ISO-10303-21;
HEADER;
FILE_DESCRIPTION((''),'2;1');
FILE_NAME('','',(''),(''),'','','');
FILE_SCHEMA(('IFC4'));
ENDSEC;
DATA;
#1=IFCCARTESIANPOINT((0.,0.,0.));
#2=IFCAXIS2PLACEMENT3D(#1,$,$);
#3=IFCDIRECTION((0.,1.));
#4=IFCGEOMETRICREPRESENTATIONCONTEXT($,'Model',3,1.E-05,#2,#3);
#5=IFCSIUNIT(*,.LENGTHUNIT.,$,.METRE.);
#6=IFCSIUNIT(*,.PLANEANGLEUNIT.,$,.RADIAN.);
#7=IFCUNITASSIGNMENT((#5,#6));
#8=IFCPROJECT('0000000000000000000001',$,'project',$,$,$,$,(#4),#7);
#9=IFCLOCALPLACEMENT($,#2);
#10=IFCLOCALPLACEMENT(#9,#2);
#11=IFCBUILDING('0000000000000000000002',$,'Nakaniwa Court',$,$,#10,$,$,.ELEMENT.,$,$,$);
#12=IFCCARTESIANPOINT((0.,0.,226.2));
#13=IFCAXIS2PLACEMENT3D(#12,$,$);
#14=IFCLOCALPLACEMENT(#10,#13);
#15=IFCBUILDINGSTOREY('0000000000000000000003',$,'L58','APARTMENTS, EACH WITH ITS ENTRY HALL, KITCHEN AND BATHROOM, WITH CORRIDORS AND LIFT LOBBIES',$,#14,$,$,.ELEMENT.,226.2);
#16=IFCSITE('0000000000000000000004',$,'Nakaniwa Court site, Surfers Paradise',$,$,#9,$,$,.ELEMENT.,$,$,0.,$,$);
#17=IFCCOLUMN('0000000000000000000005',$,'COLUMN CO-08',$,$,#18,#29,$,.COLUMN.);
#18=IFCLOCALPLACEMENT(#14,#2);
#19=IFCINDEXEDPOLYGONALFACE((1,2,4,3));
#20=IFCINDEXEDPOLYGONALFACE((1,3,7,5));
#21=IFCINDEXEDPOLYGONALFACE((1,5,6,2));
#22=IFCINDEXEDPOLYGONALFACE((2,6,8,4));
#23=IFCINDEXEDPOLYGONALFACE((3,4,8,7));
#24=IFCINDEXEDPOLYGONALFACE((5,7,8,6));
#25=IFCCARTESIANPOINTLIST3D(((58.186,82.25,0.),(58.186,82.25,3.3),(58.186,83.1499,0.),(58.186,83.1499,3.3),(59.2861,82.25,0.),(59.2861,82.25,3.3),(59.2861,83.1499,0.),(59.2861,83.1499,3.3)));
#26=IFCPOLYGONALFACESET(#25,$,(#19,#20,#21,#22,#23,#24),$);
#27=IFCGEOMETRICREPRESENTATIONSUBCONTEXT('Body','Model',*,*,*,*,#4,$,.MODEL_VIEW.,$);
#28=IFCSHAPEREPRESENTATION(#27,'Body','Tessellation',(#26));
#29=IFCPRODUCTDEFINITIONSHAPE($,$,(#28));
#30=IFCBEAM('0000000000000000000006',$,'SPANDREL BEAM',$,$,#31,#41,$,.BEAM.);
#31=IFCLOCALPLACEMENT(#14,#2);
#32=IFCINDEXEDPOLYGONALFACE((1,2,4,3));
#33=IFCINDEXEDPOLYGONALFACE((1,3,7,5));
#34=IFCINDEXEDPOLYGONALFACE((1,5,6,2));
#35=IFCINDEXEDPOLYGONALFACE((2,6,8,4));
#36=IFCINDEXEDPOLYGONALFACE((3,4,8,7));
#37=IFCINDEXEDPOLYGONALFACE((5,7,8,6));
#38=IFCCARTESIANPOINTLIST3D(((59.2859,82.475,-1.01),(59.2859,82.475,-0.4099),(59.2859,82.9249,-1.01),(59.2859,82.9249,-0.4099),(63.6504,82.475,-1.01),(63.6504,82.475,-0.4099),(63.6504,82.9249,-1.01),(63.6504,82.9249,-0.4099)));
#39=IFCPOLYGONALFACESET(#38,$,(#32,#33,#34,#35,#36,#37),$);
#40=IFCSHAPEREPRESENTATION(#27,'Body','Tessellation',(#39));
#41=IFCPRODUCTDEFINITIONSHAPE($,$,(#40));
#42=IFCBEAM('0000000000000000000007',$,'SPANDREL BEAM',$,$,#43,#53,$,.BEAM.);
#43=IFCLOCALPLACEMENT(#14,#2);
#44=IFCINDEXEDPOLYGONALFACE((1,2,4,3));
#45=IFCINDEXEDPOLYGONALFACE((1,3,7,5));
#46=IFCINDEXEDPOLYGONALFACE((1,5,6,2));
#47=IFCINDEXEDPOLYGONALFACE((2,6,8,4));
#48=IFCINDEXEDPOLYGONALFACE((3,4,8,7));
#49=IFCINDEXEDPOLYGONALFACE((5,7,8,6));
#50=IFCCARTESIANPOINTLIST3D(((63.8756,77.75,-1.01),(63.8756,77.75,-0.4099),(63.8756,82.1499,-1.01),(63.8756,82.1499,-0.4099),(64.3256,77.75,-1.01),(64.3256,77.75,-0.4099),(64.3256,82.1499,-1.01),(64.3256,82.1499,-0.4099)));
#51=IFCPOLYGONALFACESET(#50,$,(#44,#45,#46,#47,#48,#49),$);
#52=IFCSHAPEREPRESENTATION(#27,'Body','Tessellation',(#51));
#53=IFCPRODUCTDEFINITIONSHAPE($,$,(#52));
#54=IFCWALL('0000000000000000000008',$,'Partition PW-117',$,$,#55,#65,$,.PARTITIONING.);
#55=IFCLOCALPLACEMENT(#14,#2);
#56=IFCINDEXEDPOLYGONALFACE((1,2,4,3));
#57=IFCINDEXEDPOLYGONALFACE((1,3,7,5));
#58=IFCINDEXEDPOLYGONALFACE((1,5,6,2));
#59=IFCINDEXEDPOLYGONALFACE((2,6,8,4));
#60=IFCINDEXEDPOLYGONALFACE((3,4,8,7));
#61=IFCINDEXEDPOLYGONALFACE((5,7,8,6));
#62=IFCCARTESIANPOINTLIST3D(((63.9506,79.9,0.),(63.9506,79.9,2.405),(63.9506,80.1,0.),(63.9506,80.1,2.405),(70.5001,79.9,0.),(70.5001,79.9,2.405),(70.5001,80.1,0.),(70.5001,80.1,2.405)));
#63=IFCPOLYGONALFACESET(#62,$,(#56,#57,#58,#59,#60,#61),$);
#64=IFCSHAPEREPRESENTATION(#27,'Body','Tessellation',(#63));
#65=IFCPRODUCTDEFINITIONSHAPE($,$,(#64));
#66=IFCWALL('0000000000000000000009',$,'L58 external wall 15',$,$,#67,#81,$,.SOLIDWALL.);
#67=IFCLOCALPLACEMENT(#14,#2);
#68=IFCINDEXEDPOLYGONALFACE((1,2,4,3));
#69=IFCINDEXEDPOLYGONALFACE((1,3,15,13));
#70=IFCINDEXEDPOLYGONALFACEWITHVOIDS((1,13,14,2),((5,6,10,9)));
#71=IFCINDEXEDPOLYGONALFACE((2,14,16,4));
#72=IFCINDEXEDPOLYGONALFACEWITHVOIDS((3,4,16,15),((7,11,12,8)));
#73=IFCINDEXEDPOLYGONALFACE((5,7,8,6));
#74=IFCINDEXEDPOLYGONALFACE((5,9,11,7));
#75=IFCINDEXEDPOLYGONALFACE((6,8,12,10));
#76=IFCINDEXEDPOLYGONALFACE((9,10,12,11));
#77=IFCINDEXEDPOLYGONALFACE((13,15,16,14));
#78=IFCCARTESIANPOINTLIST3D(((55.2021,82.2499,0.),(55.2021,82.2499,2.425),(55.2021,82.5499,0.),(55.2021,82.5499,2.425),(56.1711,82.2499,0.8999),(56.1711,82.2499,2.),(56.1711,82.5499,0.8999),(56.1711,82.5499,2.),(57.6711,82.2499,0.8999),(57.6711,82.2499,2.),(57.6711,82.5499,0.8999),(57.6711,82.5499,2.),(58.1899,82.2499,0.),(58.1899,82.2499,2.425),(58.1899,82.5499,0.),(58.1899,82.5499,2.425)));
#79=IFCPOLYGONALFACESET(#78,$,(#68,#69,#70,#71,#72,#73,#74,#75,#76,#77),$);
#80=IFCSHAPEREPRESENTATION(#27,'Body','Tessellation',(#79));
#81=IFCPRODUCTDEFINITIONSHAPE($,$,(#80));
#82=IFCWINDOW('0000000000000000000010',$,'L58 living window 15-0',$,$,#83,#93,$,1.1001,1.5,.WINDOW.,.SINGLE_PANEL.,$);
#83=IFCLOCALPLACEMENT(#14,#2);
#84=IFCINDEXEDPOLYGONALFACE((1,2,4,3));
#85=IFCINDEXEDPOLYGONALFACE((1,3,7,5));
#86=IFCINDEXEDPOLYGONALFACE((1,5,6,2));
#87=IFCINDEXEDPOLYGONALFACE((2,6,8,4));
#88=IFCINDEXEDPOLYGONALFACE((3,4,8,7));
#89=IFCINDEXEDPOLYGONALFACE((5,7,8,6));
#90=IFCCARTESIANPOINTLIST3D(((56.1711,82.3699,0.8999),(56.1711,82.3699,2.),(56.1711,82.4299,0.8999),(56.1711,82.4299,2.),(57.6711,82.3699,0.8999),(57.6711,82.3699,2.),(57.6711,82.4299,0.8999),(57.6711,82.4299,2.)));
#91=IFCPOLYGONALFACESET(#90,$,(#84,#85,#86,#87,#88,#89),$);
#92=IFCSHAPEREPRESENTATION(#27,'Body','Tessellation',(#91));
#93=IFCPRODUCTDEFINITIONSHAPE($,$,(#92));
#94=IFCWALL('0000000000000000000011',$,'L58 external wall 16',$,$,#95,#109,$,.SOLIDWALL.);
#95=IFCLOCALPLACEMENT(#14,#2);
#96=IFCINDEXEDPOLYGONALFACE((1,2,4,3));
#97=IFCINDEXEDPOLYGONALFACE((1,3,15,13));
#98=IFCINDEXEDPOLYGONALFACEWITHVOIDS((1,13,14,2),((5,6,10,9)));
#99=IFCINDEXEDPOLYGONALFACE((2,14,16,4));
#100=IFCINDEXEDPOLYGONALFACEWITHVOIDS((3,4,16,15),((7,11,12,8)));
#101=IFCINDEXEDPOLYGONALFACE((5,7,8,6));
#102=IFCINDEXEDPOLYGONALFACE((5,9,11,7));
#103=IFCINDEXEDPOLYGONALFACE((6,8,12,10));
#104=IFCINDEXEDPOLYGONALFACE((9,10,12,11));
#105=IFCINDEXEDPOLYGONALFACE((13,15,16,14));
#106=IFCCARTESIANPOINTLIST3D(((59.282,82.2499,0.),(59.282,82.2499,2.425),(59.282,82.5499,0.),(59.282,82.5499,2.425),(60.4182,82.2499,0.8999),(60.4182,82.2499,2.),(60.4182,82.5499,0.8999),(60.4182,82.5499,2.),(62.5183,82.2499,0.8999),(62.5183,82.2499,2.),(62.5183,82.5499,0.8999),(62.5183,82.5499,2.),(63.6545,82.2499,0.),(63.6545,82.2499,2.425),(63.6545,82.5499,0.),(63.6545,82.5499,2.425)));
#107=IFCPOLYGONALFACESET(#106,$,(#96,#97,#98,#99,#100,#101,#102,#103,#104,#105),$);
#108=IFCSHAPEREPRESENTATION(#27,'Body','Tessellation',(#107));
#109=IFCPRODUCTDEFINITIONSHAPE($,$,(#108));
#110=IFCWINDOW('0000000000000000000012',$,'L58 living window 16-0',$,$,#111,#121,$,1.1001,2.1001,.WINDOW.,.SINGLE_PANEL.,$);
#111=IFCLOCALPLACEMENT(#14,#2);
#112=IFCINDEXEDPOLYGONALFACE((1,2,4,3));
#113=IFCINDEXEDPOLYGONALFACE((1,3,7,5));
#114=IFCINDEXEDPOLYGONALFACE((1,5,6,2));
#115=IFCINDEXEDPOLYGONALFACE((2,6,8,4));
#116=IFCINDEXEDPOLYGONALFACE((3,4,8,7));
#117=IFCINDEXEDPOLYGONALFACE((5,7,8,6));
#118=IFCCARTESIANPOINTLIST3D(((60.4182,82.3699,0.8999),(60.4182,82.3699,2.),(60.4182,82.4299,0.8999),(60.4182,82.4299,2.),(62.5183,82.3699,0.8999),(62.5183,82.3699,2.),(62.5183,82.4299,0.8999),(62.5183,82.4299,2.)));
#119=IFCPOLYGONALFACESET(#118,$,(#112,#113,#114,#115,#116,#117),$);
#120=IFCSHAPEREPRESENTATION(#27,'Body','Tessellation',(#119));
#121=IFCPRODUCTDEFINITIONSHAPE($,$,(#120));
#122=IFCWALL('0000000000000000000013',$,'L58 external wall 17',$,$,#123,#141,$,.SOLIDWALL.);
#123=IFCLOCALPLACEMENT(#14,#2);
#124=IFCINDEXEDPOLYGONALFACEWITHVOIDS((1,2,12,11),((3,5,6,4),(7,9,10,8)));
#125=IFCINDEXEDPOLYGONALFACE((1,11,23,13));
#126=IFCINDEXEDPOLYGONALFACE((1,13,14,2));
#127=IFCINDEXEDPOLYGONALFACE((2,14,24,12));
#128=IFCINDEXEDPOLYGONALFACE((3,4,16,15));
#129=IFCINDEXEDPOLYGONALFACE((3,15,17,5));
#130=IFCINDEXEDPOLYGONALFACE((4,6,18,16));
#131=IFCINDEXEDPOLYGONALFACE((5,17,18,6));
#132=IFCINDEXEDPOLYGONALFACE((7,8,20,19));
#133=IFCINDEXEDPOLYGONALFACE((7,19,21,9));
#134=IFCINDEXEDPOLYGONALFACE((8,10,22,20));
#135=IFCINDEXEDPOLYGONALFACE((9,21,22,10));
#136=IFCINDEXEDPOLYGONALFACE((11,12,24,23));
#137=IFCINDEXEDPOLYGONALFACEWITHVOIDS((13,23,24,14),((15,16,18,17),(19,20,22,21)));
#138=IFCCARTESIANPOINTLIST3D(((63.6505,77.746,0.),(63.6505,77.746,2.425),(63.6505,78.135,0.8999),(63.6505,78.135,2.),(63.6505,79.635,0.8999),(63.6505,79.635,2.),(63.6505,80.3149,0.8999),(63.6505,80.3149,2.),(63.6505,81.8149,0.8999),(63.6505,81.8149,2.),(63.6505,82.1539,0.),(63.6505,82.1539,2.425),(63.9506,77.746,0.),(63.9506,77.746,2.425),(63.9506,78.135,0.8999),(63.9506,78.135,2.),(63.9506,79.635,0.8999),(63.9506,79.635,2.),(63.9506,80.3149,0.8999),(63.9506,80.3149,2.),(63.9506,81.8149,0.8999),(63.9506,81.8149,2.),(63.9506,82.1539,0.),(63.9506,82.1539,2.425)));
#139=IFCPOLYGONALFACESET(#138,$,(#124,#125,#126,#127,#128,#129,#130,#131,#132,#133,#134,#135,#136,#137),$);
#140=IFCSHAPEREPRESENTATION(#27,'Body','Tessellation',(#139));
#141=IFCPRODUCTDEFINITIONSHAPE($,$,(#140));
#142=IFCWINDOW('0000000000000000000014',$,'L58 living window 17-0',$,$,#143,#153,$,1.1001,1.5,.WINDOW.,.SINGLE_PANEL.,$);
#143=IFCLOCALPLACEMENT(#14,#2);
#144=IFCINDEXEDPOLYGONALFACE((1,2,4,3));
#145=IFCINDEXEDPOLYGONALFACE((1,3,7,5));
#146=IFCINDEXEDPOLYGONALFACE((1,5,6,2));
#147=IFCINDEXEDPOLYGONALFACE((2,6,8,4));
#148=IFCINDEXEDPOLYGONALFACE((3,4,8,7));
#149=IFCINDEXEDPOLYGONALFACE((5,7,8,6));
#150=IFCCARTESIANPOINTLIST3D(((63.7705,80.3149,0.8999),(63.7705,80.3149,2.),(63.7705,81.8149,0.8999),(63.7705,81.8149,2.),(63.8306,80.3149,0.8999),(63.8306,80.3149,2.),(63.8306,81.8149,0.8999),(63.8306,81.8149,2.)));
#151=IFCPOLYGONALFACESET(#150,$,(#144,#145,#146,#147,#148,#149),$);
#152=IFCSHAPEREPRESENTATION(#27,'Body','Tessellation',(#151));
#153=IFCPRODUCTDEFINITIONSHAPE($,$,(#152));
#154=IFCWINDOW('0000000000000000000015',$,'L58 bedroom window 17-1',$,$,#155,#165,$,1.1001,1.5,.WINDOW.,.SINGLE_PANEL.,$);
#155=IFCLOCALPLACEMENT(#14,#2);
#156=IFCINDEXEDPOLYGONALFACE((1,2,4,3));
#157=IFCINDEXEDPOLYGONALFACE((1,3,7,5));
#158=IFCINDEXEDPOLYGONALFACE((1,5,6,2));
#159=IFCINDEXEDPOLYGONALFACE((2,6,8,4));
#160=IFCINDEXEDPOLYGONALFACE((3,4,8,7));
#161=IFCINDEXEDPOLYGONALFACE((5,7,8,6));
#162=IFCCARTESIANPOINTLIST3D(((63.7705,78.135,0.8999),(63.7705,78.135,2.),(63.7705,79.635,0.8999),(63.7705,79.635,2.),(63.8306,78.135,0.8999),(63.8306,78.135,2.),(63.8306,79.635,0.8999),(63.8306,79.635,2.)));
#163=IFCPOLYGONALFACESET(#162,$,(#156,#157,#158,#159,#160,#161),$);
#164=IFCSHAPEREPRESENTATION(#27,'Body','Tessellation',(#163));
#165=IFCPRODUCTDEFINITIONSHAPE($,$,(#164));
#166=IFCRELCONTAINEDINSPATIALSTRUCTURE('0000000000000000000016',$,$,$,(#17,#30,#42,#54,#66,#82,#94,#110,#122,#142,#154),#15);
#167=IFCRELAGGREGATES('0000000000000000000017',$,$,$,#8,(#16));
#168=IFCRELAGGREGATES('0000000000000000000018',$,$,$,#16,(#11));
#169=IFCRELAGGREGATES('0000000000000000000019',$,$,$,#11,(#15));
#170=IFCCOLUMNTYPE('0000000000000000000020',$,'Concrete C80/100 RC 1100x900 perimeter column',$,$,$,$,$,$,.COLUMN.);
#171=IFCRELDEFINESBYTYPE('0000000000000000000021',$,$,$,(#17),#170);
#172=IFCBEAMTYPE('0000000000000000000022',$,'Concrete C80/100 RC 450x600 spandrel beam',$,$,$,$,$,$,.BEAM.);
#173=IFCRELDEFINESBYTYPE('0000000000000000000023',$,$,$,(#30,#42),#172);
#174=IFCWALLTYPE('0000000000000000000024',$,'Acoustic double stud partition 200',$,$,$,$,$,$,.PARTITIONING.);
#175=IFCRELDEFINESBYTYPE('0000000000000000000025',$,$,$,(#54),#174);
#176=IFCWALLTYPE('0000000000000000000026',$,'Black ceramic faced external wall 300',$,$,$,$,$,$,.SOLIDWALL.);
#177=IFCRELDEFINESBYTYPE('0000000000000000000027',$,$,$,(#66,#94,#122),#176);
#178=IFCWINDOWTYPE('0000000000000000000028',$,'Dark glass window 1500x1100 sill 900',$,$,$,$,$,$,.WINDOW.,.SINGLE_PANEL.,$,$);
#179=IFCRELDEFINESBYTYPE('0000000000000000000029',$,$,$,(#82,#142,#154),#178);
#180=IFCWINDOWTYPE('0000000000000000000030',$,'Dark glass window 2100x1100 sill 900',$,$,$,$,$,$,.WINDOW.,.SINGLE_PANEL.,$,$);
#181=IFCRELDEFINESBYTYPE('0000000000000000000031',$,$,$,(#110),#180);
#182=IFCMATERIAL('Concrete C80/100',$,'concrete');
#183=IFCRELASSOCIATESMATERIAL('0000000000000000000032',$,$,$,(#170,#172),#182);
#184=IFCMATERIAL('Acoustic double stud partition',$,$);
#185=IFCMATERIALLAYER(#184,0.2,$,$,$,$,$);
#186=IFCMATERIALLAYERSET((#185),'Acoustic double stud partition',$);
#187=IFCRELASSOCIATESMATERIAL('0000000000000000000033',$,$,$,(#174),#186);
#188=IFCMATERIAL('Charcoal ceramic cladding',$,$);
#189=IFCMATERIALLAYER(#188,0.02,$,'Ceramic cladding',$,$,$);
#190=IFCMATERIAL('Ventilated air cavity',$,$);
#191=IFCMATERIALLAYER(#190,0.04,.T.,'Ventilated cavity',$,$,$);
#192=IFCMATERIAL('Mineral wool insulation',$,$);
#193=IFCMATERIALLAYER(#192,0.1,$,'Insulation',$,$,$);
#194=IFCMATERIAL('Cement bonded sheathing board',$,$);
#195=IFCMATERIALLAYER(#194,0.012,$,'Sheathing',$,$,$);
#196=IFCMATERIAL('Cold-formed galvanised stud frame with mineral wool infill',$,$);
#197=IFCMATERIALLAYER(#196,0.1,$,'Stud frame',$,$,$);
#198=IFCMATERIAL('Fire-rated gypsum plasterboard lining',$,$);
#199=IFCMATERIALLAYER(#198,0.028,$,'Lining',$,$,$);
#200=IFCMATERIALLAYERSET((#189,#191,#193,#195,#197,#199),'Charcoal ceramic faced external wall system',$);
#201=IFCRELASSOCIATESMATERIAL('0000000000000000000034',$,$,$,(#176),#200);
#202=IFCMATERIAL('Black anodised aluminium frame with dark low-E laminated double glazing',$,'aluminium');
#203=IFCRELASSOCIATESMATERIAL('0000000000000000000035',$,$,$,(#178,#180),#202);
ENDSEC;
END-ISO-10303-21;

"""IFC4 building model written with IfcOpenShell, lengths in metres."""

from ifc_helpers import new_model, si_unit, direction, frame, frame_2d, origin, origin_2d, place, context, subcontext, project, spatial, rectangle, extrude, material, layer, layer_set, material_profile, profile_set, type_object, element, fill, save


model = new_model("IFC4")

# Units and contexts
model_context = context("Model", 3, precision=1e-05, world=origin(), true_north=direction((0.0, 1.0)))
body_context = subcontext(model_context, "Body", "Model", "MODEL_VIEW")
ifc_project = project(units=[si_unit("LENGTHUNIT", "METRE"), si_unit("PLANEANGLEUNIT", "RADIAN")], contexts=[model_context])

# Site, building, storey
site_placement = place(None, origin())
site = spatial("IfcSite", under=ifc_project, at=site_placement, Name="Nakaniwa Court site, Surfers Paradise", CompositionType="ELEMENT", RefElevation=0.0)
building_placement = place(site_placement, origin())
building = spatial("IfcBuilding", under=site, at=building_placement, Name="Nakaniwa Court", CompositionType="ELEMENT")
storey_placement = place(building_placement, frame((0.0, 0.0, 226.2)))
storey = spatial("IfcBuildingStorey", under=building, at=storey_placement, Name="L58", Description="APARTMENTS, EACH WITH ITS ENTRY HALL, KITCHEN AND BATHROOM, WITH CORRIDORS AND LIFT LOBBIES", CompositionType="ELEMENT", Elevation=226.2)

# Column
ifc_material_1 = material(Name="Concrete C80/100", Category="concrete")
ifc_material_profile_1 = material_profile(ifc_material_1, rectangle(XDim=1.1001, YDim=0.8999, at=origin_2d()), Name="Concrete C80/100 RC 1100x900 perimeter column")
ifc_profile_set_1 = profile_set([ifc_material_profile_1], Name="Concrete C80/100")
column_type = type_object("IfcColumnType", Name="Concrete C80/100 RC 1100x900 perimeter column", PredefinedType="COLUMN", material=ifc_profile_set_1)
column_placement = place(storey_placement, frame((58.7361, 82.7, 0.0), z_axis=(0.0, 0.0, 1.0), x_axis=(1.0, 0.0, 0.0)))
element("IfcColumn", 1, at=column_placement, inside=storey, type_object=column_type, Name="COLUMN CO-08", PredefinedType="COLUMN", context=body_context, shape_type="SweptSolid", body=[
    extrude(rectangle(XDim=1.1001, YDim=0.8999, at=origin_2d()), origin(), (0.0, 0.0, 1.0), 3.3),
])

# Beams
ifc_material_profile_2 = material_profile(ifc_material_1, rectangle(XDim=0.45, YDim=0.6001, at=origin_2d()), Name="Concrete C80/100 RC 450x600 spandrel beam")
ifc_profile_set_2 = profile_set([ifc_material_profile_2], Name="Concrete C80/100")
beam_type = type_object("IfcBeamType", Name="Concrete C80/100 RC 450x600 spandrel beam", PredefinedType="BEAM", material=ifc_profile_set_2)
beam_1_placement = place(storey_placement, frame((59.2859, 82.7, -0.71), z_axis=(1.0, 0.0, 0.0), x_axis=(0.0, 1.0, 0.0)))
element("IfcBeam", 2, at=beam_1_placement, inside=storey, type_object=beam_type, Name="SPANDREL BEAM", PredefinedType="BEAM", context=body_context, shape_type="SweptSolid", body=[
    extrude(rectangle(XDim=0.45, YDim=0.6001, at=origin_2d()), origin(), (0.0, 0.0, 1.0), 4.3645),
])
beam_2_placement = place(storey_placement, frame((64.1006, 82.1499, -0.71), z_axis=(0.0, -1.0, 0.0), x_axis=(1.0, 0.0, 0.0)))
element("IfcBeam", 3, at=beam_2_placement, inside=storey, type_object=beam_type, Name="SPANDREL BEAM", PredefinedType="BEAM", context=body_context, shape_type="SweptSolid", body=[
    extrude(rectangle(XDim=0.45, YDim=0.6001, at=origin_2d()), origin(), (0.0, 0.0, 1.0), 4.3999),
])

# Wall
ifc_material_2 = material(Name="Acoustic double stud partition")
ifc_layer_1 = layer(ifc_material_2, 0.2)
ifc_layer_set_1 = layer_set([ifc_layer_1], Name="Acoustic double stud partition")
wall_type_1 = type_object("IfcWallType", Name="Acoustic double stud partition 200", PredefinedType="PARTITIONING", material=ifc_layer_set_1)
wall_1_placement = place(storey_placement, frame((63.9504, 80.0, 0.0), z_axis=(0.0, 0.0, 1.0), x_axis=(1.0, 0.0, 0.0)))
element("IfcWall", 4, at=wall_1_placement, inside=storey, type_object=wall_type_1, Name="Partition PW-117", PredefinedType="PARTITIONING", context=body_context, shape_type="SweptSolid", body=[
    extrude(rectangle(XDim=6.5496, YDim=0.2, at=frame_2d((3.2749, 0.0))), origin(), (0.0, 0.0, 1.0), 2.405),
])

# Walls, openings, windows
ifc_material_3 = material(Name="Charcoal ceramic cladding")
ifc_layer_2 = layer(ifc_material_3, 0.02, Name="Ceramic cladding")
ifc_material_4 = material(Name="Ventilated air cavity")
ifc_layer_3 = layer(ifc_material_4, 0.04, ventilated=True, Name="Ventilated cavity")
ifc_material_5 = material(Name="Mineral wool insulation")
ifc_layer_4 = layer(ifc_material_5, 0.1, Name="Insulation")
ifc_material_6 = material(Name="Cement bonded sheathing board")
ifc_layer_5 = layer(ifc_material_6, 0.012, Name="Sheathing")
ifc_material_7 = material(Name="Cold-formed galvanised stud frame with mineral wool infill")
ifc_layer_6 = layer(ifc_material_7, 0.1, Name="Stud frame")
ifc_material_8 = material(Name="Fire-rated gypsum plasterboard lining")
ifc_layer_7 = layer(ifc_material_8, 0.028, Name="Lining")
ifc_layer_set_2 = layer_set([ifc_layer_2, ifc_layer_3, ifc_layer_4, ifc_layer_5, ifc_layer_6, ifc_layer_7], Name="Charcoal ceramic faced external wall system")
wall_type_2 = type_object("IfcWallType", Name="Black ceramic faced external wall 300", PredefinedType="SOLIDWALL", material=ifc_layer_set_2)
wall_2_placement = place(storey_placement, frame((55.2021, 82.3999, 0.0), z_axis=(0.0, 0.0, 1.0), x_axis=(1.0, 0.0, 0.0)))
wall_2 = element("IfcWall", 5, at=wall_2_placement, inside=storey, type_object=wall_type_2, Name="L58 external wall 15", PredefinedType="SOLIDWALL", context=body_context, shape_type="SweptSolid", body=[
    extrude(rectangle(XDim=2.9878, YDim=0.3, at=frame_2d((1.4939, 0.0))), origin(), (0.0, 0.0, 1.0), 2.425),
])
opening_1_placement = place(wall_2_placement, frame((0.969, 0.0, 0.8999)))
opening_1 = element("IfcOpeningElement", 6, at=opening_1_placement, cuts=wall_2, PredefinedType="OPENING", context=body_context, shape_type="SweptSolid", body=[
    extrude(rectangle(XDim=1.5, YDim=1.1001, at=frame_2d((0.75, 0.55))), frame((0.0, 0.1599, 0.0), z_axis=(0.0, -1.0, 0.0), x_axis=(1.0, 0.0, 0.0)), (0.0, 0.0, 1.0), 0.3201),
])
ifc_material_9 = material(Name="Black anodised aluminium frame with dark low-E laminated double glazing", Category="aluminium")
window_type_1 = type_object("IfcWindowType", Name="Dark glass window 1500x1100 sill 900", PartitioningType="SINGLE_PANEL", PredefinedType="WINDOW", material=ifc_material_9)
window_1_placement = place(opening_1_placement, origin())
window_1 = element("IfcWindow", 7, at=window_1_placement, inside=storey, type_object=window_type_1, Name="L58 living window 15-0", OverallHeight=1.1001, OverallWidth=1.5, PartitioningType="SINGLE_PANEL", PredefinedType="WINDOW", context=body_context, shape_type="SweptSolid", body=[
    extrude(rectangle(XDim=1.5, YDim=1.1001, at=frame_2d((0.75, 0.55))), frame((0.0, 0.03, 0.0), z_axis=(0.0, -1.0, 0.0), x_axis=(1.0, 0.0, 0.0)), (0.0, 0.0, 1.0), 0.0601),
])
fill(opening_1, window_1)
wall_3_placement = place(storey_placement, frame((59.282, 82.3999, 0.0), z_axis=(0.0, 0.0, 1.0), x_axis=(1.0, 0.0, 0.0)))
wall_3 = element("IfcWall", 8, at=wall_3_placement, inside=storey, type_object=wall_type_2, Name="L58 external wall 16", PredefinedType="SOLIDWALL", context=body_context, shape_type="SweptSolid", body=[
    extrude(rectangle(XDim=4.3726, YDim=0.3, at=frame_2d((2.1863, 0.0))), origin(), (0.0, 0.0, 1.0), 2.425),
])
opening_2_placement = place(wall_3_placement, frame((1.1362, 0.0, 0.8999)))
opening_2 = element("IfcOpeningElement", 9, at=opening_2_placement, cuts=wall_3, PredefinedType="OPENING", context=body_context, shape_type="SweptSolid", body=[
    extrude(rectangle(XDim=2.1001, YDim=1.1001, at=frame_2d((1.05, 0.55))), frame((0.0, 0.1599, 0.0), z_axis=(0.0, -1.0, 0.0), x_axis=(1.0, 0.0, 0.0)), (0.0, 0.0, 1.0), 0.3201),
])
window_type_2 = type_object("IfcWindowType", Name="Dark glass window 2100x1100 sill 900", PartitioningType="SINGLE_PANEL", PredefinedType="WINDOW", material=ifc_material_9)
window_2_placement = place(opening_2_placement, origin())
window_2 = element("IfcWindow", 10, at=window_2_placement, inside=storey, type_object=window_type_2, Name="L58 living window 16-0", OverallHeight=1.1001, OverallWidth=2.1001, PartitioningType="SINGLE_PANEL", PredefinedType="WINDOW", context=body_context, shape_type="SweptSolid", body=[
    extrude(rectangle(XDim=2.1001, YDim=1.1001, at=frame_2d((1.05, 0.55))), frame((0.0, 0.03, 0.0), z_axis=(0.0, -1.0, 0.0), x_axis=(1.0, 0.0, 0.0)), (0.0, 0.0, 1.0), 0.0601),
])
fill(opening_2, window_2)

# Wall, openings, windows
wall_4_placement = place(storey_placement, frame((63.8005, 82.1541, 0.0), z_axis=(0.0, 0.0, 1.0), x_axis=(0.0, -1.0, 0.0)))
wall_4 = element("IfcWall", 11, at=wall_4_placement, inside=storey, type_object=wall_type_2, Name="L58 external wall 17", PredefinedType="SOLIDWALL", context=body_context, shape_type="SweptSolid", body=[
    extrude(rectangle(XDim=4.408, YDim=0.3, at=frame_2d((2.2041, 0.0))), origin(), (0.0, 0.0, 1.0), 2.425),
])
opening_3_placement = place(wall_4_placement, frame((0.3391, 0.0, 0.8999)))
opening_3 = element("IfcOpeningElement", 12, at=opening_3_placement, cuts=wall_4, PredefinedType="OPENING", context=body_context, shape_type="SweptSolid", body=[
    extrude(rectangle(XDim=1.5, YDim=1.1001, at=frame_2d((0.75, 0.55))), frame((0.0, 0.1599, 0.0), z_axis=(0.0, -1.0, 0.0), x_axis=(1.0, 0.0, 0.0)), (0.0, 0.0, 1.0), 0.3201),
])
opening_4_placement = place(wall_4_placement, frame((2.519, 0.0, 0.8999)))
opening_4 = element("IfcOpeningElement", 13, at=opening_4_placement, cuts=wall_4, PredefinedType="OPENING", context=body_context, shape_type="SweptSolid", body=[
    extrude(rectangle(XDim=1.5, YDim=1.1001, at=frame_2d((0.75, 0.55))), frame((0.0, 0.1599, 0.0), z_axis=(0.0, -1.0, 0.0), x_axis=(1.0, 0.0, 0.0)), (0.0, 0.0, 1.0), 0.3201),
])
window_3_placement = place(opening_3_placement, origin())
window_3 = element("IfcWindow", 14, at=window_3_placement, inside=storey, type_object=window_type_1, Name="L58 living window 17-0", OverallHeight=1.1001, OverallWidth=1.5, PartitioningType="SINGLE_PANEL", PredefinedType="WINDOW", context=body_context, shape_type="SweptSolid", body=[
    extrude(rectangle(XDim=1.5, YDim=1.1001, at=frame_2d((0.75, 0.55))), frame((0.0, 0.03, 0.0), z_axis=(0.0, -1.0, 0.0), x_axis=(1.0, 0.0, 0.0)), (0.0, 0.0, 1.0), 0.0601),
])
fill(opening_3, window_3)
window_4_placement = place(opening_4_placement, origin())
window_4 = element("IfcWindow", 15, at=window_4_placement, inside=storey, type_object=window_type_1, Name="L58 bedroom window 17-1", OverallHeight=1.1001, OverallWidth=1.5, PartitioningType="SINGLE_PANEL", PredefinedType="WINDOW", context=body_context, shape_type="SweptSolid", body=[
    extrude(rectangle(XDim=1.5, YDim=1.1001, at=frame_2d((0.75, 0.55))), frame((0.0, 0.03, 0.0), z_axis=(0.0, -1.0, 0.0), x_axis=(1.0, 0.0, 0.0)), (0.0, 0.0, 1.0), 0.0601),
])
fill(opening_4, window_4)

save(model, "model.ifc")
